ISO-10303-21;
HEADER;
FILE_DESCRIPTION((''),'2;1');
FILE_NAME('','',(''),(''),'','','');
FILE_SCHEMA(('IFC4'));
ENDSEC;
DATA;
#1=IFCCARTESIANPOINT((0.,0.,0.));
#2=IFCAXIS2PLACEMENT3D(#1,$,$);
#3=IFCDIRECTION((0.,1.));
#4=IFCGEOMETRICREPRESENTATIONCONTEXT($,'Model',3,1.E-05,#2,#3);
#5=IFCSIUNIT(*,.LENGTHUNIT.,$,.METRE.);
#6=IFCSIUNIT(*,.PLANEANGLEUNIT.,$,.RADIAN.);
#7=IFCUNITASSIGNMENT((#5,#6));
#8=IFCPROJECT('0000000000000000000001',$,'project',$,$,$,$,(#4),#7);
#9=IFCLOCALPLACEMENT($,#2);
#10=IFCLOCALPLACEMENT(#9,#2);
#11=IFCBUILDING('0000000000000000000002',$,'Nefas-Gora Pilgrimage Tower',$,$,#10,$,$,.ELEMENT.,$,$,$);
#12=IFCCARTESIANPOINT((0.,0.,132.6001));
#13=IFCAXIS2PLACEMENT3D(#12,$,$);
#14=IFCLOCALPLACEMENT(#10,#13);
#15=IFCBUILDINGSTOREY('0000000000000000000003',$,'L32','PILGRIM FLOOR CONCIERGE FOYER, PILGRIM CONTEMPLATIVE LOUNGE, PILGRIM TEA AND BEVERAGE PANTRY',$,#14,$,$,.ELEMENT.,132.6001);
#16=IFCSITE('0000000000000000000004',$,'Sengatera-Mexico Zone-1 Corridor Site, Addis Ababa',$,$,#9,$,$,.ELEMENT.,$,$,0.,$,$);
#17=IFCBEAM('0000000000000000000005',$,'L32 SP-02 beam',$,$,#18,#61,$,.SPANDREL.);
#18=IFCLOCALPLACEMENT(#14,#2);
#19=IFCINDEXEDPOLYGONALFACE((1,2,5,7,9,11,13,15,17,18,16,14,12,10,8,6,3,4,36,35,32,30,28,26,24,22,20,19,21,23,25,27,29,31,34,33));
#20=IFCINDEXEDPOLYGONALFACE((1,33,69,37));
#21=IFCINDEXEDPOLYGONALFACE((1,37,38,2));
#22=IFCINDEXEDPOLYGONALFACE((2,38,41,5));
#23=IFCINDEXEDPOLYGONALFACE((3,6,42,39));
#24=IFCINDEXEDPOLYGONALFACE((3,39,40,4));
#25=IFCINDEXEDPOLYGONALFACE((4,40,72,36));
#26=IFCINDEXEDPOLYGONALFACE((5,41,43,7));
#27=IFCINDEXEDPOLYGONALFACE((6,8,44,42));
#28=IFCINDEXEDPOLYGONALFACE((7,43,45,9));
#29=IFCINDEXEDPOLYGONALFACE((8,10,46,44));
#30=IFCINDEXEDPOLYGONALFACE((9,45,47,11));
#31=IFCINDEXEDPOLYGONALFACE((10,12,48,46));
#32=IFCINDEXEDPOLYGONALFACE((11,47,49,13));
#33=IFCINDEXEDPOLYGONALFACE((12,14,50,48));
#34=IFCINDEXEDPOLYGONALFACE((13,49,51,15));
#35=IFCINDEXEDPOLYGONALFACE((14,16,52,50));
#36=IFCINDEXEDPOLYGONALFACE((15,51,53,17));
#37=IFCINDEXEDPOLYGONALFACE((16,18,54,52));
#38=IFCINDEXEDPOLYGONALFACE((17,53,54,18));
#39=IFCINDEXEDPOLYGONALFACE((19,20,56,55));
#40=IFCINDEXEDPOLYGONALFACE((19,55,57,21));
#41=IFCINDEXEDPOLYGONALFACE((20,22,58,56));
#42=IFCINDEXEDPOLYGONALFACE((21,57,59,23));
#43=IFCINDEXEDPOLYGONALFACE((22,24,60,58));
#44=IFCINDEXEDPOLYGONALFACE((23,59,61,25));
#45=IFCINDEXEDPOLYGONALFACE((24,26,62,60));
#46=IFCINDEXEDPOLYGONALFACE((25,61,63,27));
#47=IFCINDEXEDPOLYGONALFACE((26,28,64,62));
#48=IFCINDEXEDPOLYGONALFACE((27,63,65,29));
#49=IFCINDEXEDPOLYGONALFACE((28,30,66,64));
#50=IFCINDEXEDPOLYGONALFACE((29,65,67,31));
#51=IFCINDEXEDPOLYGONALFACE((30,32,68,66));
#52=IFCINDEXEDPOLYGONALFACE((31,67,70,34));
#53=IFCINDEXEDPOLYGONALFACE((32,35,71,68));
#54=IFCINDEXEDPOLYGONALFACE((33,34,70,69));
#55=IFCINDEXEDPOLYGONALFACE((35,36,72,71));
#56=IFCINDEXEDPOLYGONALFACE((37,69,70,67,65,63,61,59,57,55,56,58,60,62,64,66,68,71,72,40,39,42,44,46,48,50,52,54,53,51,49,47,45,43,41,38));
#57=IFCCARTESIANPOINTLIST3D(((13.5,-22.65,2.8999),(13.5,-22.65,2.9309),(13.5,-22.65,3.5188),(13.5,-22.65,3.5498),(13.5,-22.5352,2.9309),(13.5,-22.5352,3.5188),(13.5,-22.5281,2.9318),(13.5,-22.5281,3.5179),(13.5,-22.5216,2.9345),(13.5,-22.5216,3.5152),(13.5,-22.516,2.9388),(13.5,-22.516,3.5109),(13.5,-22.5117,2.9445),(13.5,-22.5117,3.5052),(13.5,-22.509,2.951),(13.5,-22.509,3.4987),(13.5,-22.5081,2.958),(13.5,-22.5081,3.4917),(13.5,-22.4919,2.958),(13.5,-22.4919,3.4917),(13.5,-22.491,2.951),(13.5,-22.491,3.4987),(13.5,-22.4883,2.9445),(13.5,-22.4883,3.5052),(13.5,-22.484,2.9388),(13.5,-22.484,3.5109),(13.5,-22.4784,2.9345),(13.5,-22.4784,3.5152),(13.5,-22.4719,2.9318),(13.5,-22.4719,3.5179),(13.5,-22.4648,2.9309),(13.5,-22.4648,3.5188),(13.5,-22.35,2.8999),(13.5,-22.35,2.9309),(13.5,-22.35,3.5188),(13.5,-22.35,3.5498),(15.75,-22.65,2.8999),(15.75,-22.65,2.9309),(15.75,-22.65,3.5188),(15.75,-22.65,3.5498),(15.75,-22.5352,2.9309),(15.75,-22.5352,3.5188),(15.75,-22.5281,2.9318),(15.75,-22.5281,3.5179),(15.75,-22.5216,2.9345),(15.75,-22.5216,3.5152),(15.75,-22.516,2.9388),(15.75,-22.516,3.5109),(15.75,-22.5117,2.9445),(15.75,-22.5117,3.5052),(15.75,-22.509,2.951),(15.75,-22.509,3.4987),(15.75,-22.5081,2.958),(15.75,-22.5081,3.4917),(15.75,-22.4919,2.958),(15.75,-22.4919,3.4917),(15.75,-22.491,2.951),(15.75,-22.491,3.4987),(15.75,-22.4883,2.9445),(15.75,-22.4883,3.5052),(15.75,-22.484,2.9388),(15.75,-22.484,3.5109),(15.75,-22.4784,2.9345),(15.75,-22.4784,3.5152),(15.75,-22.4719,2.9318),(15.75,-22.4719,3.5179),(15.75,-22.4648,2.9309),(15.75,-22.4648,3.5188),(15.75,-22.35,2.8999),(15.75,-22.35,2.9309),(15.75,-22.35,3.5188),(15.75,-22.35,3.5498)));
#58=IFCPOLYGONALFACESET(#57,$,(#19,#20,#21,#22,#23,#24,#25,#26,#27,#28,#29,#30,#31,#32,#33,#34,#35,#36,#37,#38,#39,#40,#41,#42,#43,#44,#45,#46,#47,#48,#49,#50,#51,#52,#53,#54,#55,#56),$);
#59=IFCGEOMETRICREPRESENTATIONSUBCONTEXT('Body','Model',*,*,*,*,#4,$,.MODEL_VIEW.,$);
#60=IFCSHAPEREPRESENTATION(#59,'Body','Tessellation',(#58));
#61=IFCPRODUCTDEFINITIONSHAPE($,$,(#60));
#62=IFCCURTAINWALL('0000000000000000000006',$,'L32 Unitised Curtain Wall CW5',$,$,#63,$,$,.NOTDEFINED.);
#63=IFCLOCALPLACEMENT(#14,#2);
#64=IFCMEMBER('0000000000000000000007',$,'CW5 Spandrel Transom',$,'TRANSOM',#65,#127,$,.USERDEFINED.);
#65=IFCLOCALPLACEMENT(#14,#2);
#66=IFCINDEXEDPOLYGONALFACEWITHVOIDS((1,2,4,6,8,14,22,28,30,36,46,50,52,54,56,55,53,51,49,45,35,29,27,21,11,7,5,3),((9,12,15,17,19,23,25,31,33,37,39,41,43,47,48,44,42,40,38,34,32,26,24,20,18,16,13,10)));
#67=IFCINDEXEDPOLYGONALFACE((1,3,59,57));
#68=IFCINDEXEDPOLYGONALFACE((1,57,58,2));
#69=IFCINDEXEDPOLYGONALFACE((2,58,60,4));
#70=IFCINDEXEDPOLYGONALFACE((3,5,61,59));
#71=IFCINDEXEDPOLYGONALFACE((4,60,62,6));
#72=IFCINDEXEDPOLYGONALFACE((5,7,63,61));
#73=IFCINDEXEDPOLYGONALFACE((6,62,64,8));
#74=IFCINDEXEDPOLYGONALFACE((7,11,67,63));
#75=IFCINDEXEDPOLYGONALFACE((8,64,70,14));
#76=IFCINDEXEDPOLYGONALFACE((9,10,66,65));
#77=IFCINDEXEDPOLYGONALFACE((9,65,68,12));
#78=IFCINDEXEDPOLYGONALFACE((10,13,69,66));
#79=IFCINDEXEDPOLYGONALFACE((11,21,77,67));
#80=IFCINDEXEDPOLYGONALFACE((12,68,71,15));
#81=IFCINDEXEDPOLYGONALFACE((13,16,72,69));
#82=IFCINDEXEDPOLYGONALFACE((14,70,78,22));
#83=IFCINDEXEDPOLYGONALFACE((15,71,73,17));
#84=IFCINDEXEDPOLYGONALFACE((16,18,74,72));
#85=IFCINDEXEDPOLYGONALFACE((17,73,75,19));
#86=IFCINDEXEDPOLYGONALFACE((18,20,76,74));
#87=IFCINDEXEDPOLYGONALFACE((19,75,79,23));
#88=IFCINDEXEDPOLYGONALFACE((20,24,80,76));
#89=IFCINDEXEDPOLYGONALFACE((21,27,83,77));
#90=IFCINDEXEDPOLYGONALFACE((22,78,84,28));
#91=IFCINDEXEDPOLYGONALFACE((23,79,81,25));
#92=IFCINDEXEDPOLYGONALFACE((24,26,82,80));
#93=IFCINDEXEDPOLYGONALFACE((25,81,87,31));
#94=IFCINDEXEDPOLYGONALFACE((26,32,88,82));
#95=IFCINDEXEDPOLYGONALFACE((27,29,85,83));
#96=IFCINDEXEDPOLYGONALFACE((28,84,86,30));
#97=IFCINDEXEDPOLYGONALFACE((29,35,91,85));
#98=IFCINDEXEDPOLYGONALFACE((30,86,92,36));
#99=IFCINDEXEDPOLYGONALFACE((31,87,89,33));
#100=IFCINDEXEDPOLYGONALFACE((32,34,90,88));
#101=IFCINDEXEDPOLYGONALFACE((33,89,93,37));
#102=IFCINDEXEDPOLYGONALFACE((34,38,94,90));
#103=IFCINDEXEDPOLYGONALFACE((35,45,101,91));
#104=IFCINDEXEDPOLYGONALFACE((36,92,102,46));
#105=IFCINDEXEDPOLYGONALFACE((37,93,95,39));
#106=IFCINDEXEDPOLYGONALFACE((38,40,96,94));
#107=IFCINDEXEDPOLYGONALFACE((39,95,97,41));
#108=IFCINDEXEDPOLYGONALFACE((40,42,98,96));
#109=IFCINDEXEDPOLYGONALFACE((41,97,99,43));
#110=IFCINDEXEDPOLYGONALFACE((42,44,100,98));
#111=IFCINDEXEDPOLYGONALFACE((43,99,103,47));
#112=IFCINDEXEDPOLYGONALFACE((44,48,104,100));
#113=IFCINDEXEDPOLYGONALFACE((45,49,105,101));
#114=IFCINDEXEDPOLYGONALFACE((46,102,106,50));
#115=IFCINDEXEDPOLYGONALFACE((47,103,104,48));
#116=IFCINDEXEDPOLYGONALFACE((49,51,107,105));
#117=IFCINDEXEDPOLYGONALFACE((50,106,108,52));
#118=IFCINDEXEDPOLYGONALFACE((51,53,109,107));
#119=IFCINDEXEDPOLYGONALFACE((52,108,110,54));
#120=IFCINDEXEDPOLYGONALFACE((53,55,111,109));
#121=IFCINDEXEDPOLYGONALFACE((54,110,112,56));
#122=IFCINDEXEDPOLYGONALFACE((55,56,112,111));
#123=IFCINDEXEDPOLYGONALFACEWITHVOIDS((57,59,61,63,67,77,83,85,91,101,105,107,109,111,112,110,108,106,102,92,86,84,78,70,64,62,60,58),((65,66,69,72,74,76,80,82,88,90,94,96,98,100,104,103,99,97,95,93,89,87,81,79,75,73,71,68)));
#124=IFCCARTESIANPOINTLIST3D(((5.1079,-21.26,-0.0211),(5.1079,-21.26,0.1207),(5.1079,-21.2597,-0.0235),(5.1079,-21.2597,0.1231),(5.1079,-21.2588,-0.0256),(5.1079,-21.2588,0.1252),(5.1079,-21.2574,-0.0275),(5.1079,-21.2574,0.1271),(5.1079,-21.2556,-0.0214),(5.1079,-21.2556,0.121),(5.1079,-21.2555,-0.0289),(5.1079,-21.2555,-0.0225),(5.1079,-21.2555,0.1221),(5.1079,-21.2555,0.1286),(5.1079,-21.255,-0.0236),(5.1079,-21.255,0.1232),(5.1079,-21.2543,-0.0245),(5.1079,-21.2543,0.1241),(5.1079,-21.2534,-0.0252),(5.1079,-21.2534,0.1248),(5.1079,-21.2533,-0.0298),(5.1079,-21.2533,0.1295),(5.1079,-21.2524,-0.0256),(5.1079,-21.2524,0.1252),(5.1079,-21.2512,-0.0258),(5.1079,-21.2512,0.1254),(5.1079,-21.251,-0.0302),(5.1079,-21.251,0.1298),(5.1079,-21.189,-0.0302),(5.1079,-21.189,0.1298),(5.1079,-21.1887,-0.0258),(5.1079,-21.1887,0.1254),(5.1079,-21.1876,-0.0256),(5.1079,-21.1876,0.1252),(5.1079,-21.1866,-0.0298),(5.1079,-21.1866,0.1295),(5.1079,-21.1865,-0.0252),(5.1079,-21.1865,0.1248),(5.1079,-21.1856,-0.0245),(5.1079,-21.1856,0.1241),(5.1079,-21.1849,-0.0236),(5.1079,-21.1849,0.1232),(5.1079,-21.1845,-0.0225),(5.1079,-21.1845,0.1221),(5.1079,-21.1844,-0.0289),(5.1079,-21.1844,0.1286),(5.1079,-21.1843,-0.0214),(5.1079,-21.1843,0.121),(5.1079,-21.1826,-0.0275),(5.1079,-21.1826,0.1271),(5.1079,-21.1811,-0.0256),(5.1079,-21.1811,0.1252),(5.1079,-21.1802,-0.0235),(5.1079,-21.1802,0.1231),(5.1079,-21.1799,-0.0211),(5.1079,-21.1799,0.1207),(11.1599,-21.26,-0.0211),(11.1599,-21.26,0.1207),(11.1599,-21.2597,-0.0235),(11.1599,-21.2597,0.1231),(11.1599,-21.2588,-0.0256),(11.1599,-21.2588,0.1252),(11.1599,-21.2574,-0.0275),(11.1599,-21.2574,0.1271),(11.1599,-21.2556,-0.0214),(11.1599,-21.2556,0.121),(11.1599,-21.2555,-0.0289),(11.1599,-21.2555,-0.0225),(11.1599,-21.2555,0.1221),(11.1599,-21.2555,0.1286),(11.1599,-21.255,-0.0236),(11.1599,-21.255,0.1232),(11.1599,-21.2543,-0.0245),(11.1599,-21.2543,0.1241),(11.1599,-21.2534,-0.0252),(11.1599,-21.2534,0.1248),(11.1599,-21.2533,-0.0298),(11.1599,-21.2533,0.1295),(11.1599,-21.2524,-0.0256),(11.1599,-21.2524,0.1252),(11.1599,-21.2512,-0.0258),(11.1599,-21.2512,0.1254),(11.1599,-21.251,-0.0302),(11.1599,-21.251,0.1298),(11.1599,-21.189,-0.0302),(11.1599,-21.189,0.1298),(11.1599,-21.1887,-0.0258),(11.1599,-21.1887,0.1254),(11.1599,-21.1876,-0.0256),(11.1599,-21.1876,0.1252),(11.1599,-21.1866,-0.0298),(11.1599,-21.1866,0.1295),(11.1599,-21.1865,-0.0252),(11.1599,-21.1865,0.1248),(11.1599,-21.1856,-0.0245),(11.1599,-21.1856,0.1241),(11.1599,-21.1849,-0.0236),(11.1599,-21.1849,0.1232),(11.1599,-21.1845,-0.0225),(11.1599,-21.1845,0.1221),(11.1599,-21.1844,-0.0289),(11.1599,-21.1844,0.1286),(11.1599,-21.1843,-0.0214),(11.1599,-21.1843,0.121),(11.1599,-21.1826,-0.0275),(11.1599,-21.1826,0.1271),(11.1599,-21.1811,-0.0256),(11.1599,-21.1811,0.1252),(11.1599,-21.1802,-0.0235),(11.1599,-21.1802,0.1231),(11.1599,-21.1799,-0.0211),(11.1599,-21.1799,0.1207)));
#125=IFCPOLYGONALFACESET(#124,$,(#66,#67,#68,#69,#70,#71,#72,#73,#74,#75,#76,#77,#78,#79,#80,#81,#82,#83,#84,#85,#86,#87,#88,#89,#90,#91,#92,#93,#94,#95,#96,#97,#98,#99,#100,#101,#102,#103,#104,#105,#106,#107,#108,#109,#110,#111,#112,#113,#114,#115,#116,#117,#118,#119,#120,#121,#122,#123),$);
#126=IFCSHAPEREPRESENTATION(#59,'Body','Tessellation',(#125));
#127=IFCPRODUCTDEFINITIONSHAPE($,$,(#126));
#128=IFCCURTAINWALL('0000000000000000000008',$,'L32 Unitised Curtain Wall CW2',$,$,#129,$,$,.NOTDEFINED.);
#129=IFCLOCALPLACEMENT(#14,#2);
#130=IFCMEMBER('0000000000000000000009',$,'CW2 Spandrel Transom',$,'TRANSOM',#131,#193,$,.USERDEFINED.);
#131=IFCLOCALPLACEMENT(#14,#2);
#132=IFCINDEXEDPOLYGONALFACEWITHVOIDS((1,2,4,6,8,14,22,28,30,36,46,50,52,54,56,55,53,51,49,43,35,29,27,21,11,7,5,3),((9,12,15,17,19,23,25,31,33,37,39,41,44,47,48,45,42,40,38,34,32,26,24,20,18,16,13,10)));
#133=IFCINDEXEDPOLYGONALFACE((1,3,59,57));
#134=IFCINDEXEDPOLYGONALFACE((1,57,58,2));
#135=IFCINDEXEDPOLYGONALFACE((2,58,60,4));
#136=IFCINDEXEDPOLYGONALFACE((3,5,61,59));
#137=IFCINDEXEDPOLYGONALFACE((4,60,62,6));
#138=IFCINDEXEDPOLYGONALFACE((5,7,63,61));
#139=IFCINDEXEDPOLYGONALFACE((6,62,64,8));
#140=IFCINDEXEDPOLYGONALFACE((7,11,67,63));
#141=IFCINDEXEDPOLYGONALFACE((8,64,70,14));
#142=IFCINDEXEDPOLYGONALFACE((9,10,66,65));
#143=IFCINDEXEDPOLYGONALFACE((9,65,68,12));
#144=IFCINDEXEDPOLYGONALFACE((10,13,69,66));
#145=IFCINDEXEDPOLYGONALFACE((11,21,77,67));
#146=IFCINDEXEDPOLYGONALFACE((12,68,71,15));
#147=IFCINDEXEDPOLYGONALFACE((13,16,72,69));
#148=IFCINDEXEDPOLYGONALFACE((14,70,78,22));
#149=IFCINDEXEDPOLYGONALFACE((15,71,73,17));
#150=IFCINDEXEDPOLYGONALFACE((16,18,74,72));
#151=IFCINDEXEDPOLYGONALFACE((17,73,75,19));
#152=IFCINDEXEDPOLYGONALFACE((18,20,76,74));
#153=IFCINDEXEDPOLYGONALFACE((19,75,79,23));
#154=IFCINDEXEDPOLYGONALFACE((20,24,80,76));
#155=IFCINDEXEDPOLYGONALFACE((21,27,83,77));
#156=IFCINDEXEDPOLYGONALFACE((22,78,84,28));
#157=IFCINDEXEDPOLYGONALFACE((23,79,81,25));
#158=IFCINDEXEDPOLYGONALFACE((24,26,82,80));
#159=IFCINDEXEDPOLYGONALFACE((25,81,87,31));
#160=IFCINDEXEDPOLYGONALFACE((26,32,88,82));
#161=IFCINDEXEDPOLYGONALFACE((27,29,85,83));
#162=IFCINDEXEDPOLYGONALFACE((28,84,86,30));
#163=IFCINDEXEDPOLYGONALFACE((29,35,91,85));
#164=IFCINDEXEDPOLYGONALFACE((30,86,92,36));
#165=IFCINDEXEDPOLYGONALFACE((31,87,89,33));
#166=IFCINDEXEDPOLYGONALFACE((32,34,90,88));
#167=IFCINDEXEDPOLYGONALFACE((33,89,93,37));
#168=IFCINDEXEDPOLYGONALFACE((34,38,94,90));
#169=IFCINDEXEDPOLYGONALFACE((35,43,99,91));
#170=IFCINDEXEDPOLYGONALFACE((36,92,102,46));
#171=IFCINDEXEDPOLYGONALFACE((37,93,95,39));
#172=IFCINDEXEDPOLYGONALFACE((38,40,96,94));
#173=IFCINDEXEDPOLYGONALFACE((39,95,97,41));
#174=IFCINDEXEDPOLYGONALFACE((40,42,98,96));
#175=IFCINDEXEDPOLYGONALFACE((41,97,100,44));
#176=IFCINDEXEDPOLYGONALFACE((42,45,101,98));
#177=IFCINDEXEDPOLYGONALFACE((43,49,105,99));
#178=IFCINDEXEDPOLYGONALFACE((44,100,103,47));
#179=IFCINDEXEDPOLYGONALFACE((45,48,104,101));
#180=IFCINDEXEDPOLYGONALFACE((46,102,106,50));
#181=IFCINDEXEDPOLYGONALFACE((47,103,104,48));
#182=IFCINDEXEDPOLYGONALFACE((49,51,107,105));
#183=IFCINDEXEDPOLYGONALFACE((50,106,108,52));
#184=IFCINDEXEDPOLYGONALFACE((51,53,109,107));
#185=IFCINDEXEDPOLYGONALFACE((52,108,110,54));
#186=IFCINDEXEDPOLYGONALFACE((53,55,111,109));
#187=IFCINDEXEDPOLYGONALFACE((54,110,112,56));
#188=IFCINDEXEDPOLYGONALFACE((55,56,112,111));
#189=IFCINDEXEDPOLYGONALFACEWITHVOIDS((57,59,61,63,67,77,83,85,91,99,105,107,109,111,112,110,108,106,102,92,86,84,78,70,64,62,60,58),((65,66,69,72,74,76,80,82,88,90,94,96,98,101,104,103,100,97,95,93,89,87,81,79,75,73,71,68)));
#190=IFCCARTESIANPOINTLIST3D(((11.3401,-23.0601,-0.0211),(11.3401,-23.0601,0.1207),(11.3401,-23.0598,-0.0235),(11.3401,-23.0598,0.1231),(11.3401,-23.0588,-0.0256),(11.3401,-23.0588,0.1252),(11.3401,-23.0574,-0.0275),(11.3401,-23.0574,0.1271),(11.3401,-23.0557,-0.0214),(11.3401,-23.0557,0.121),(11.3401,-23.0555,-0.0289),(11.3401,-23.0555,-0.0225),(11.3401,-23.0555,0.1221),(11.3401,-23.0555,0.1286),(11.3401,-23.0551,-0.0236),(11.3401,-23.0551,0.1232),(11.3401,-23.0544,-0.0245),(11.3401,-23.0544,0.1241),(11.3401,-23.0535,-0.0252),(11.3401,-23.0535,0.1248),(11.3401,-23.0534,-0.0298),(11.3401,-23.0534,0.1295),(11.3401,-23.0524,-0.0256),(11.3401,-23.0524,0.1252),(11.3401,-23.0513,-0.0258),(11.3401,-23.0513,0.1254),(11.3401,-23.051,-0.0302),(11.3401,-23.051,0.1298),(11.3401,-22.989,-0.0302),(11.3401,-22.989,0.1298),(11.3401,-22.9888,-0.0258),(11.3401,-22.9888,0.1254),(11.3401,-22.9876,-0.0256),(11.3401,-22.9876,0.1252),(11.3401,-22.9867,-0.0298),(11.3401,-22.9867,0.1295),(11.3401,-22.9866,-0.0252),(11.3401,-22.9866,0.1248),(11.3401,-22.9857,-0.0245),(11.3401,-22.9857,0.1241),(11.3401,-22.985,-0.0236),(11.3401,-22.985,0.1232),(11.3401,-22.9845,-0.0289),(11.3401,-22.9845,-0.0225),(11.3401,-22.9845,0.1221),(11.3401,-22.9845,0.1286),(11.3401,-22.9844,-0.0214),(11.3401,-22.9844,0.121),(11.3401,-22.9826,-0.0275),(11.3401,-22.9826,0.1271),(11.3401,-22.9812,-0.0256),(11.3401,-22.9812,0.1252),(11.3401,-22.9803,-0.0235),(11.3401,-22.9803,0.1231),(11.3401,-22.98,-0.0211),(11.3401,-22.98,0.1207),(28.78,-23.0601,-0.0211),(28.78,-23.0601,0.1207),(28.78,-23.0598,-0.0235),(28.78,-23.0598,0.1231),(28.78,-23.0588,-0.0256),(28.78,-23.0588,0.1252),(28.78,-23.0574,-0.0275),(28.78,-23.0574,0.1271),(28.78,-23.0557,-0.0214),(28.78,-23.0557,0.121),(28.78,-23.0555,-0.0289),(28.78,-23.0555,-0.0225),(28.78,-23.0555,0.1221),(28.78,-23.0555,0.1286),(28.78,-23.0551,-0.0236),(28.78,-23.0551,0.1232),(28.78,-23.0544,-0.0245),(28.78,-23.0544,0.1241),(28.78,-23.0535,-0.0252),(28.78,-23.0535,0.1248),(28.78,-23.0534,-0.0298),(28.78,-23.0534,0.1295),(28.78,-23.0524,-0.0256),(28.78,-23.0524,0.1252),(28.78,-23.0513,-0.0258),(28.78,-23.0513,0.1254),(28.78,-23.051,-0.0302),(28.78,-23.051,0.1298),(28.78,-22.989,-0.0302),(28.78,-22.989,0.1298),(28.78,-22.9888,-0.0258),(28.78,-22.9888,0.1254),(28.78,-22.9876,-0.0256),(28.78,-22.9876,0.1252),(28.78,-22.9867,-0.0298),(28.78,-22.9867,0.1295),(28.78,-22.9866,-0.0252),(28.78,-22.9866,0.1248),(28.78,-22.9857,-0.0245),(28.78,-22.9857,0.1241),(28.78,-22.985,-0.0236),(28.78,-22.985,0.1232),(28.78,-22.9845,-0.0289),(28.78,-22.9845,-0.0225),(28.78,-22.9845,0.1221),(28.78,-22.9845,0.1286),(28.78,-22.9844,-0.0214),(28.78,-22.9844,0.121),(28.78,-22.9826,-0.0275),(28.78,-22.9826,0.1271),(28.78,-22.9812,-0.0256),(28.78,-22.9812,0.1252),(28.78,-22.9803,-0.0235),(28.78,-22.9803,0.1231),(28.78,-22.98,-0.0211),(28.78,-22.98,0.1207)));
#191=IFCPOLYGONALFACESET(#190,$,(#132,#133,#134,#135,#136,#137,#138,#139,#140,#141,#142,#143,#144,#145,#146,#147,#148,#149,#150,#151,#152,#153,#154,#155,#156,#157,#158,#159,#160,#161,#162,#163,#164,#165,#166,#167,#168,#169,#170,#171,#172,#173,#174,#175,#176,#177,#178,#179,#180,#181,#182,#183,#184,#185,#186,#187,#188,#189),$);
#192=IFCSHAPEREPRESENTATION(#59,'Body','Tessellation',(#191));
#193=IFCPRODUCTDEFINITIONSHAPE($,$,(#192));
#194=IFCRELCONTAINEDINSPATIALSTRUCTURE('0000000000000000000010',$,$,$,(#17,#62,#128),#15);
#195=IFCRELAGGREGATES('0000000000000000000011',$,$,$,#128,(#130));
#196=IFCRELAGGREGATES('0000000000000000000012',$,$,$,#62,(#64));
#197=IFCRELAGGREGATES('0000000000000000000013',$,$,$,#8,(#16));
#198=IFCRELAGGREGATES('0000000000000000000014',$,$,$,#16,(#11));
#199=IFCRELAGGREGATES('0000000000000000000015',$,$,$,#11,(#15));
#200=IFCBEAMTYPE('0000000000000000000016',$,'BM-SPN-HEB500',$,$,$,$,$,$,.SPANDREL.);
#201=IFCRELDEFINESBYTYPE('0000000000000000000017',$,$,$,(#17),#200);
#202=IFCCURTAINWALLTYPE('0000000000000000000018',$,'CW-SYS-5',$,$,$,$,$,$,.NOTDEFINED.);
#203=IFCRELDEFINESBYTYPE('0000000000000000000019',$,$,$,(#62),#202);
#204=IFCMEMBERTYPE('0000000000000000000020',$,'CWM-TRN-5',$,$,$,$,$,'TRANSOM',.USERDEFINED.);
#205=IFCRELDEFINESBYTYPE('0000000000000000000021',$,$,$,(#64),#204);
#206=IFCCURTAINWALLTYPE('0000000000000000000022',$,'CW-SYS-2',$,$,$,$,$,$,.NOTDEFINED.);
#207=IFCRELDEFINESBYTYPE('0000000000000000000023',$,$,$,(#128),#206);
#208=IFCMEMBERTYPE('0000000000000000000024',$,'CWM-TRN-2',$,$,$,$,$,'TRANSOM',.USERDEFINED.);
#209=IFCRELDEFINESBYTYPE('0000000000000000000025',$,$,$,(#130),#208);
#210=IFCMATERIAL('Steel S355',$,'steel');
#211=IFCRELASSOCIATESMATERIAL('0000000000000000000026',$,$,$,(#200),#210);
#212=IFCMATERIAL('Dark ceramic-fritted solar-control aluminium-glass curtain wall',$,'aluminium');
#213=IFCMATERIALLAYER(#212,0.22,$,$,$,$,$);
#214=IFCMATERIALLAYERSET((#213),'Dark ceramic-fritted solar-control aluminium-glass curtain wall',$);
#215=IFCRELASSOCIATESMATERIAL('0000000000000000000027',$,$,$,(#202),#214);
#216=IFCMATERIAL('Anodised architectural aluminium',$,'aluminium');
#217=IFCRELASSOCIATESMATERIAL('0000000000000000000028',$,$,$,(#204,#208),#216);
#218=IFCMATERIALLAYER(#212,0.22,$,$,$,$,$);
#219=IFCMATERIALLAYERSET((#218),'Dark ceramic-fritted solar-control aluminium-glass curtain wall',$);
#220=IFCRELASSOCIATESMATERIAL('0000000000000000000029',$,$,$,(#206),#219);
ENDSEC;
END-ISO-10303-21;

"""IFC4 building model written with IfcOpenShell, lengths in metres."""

from ifc_helpers import new_model, si_unit, direction, frame, origin, origin_2d, place, context, subcontext, project, spatial, hollow_rectangle, i_section, extrude, source, transform, mapped, material, layer, layer_set, material_profile, profile_set, type_object, element, aggregate, save


model = new_model("IFC4")

# Units and contexts
model_context = context("Model", 3, precision=1e-05, world=origin(), true_north=direction((0.0, 1.0)))
body_context = subcontext(model_context, "Body", "Model", "MODEL_VIEW")
ifc_project = project(units=[si_unit("LENGTHUNIT", "METRE"), si_unit("PLANEANGLEUNIT", "RADIAN")], contexts=[model_context])

# Site, building, storey
site_placement = place(None, origin())
site = spatial("IfcSite", under=ifc_project, at=site_placement, Name="Sengatera-Mexico Zone-1 Corridor Site, Addis Ababa", CompositionType="ELEMENT", RefElevation=0.0)
building_placement = place(site_placement, origin())
building = spatial("IfcBuilding", under=site, at=building_placement, Name="Nefas-Gora Pilgrimage Tower", CompositionType="ELEMENT")
storey_placement = place(building_placement, frame((0.0, 0.0, 132.6001)))
storey = spatial("IfcBuildingStorey", under=building, at=storey_placement, Name="L32", Description="PILGRIM FLOOR CONCIERGE FOYER, PILGRIM CONTEMPLATIVE LOUNGE, PILGRIM TEA AND BEVERAGE PANTRY", CompositionType="ELEMENT", Elevation=132.6001)

# Beam
ifc_material_1 = material(Name="Steel S355", Category="steel")
ifc_material_profile_1 = material_profile(ifc_material_1, i_section(OverallWidth=0.3, OverallDepth=0.6499, WebThickness=0.0161, FlangeThickness=0.031, FilletRadius=0.0271, at=origin_2d()), Name="HEB 650")
ifc_profile_set_1 = profile_set([ifc_material_profile_1], Name="Steel S355")
beam_type_1 = type_object("IfcBeamType", Name="BM-SPN-HEB500", PredefinedType="SPANDREL", material=ifc_profile_set_1)
shared_shape_1 = source(origin(), body_context, "Body", "SweptSolid", [
    extrude(i_section(OverallWidth=0.3, OverallDepth=0.6499, WebThickness=0.0161, FlangeThickness=0.031, FilletRadius=0.0271, at=origin_2d()), origin(), (0.0, 0.0, 1.0), 2.25),
])
beam_1_placement = place(storey_placement, frame((13.5, -22.5, 3.2249), z_axis=(1.0, 0.0, 0.0), x_axis=(0.0, 1.0, 0.0)))
element("IfcBeam", 1, at=beam_1_placement, inside=storey, type_object=beam_type_1, Name="L32 SP-02 beam", PredefinedType="SPANDREL", context=body_context, shape_type="MappedRepresentation", body=[
    mapped(shared_shape_1, transform((0.0, 0.0, 0.0), x_axis=(1.0, 0.0, 0.0), y_axis=(0.0, 1.0, 0.0), z_axis=(0.0, 0.0, 1.0), scale=1.0)),
])

# Curtain walls, members
ifc_material_2 = material(Name="Dark ceramic-fritted solar-control aluminium-glass curtain wall", Category="aluminium")
ifc_layer_1 = layer(ifc_material_2, 0.22)
ifc_layer_set_1 = layer_set([ifc_layer_1], Name="Dark ceramic-fritted solar-control aluminium-glass curtain wall")
curtain_wall_type_1 = type_object("IfcCurtainWallType", Name="CW-SYS-5", PredefinedType="NOTDEFINED", material=ifc_layer_set_1)
curtain_wall_1_placement = place(storey_placement, origin())
curtain_wall_1 = element("IfcCurtainWall", 2, at=curtain_wall_1_placement, inside=storey, type_object=curtain_wall_type_1, Name="L32 Unitised Curtain Wall CW5", PredefinedType="NOTDEFINED")
ifc_material_3 = material(Name="Anodised architectural aluminium", Category="aluminium")
ifc_material_profile_2 = material_profile(ifc_material_3, hollow_rectangle(XDim=0.0801, YDim=0.1599, WallThickness=0.0044, InnerFilletRadius=0.0044, OuterFilletRadius=0.009, at=origin_2d()), Name="ALU TRANSOM 80x160")
ifc_profile_set_2 = profile_set([ifc_material_profile_2], Name="Anodised architectural aluminium")
member_type_1 = type_object("IfcMemberType", Name="CWM-TRN-5", ElementType="TRANSOM", PredefinedType="USERDEFINED", material=ifc_profile_set_2)
shared_shape_2 = source(origin(), body_context, "Body", "SweptSolid", [
    extrude(hollow_rectangle(XDim=0.0801, YDim=0.1599, WallThickness=0.0044, InnerFilletRadius=0.0044, OuterFilletRadius=0.009, at=origin_2d()), origin(), (0.0, 0.0, 1.0), 6.052),
])
member_1_placement = place(storey_placement, frame((5.1079, -21.22, 0.0498), z_axis=(1.0, 0.0, 0.0), x_axis=(0.0, 1.0, 0.0)))
member_1 = element("IfcMember", 3, at=member_1_placement, type_object=member_type_1, Name="CW5 Spandrel Transom", ObjectType="TRANSOM", PredefinedType="USERDEFINED", context=body_context, shape_type="MappedRepresentation", body=[
    mapped(shared_shape_2, transform((0.0, 0.0, 0.0), x_axis=(1.0, 0.0, 0.0), y_axis=(0.0, 1.0, 0.0), z_axis=(0.0, 0.0, 1.0), scale=1.0)),
])
ifc_layer_2 = layer(ifc_material_2, 0.22)
ifc_layer_set_2 = layer_set([ifc_layer_2], Name="Dark ceramic-fritted solar-control aluminium-glass curtain wall")
curtain_wall_type_2 = type_object("IfcCurtainWallType", Name="CW-SYS-2", PredefinedType="NOTDEFINED", material=ifc_layer_set_2)
curtain_wall_2_placement = place(storey_placement, origin())
curtain_wall_2 = element("IfcCurtainWall", 4, at=curtain_wall_2_placement, inside=storey, type_object=curtain_wall_type_2, Name="L32 Unitised Curtain Wall CW2", PredefinedType="NOTDEFINED")
ifc_material_profile_3 = material_profile(ifc_material_3, hollow_rectangle(XDim=0.0801, YDim=0.1599, WallThickness=0.0044, InnerFilletRadius=0.0044, OuterFilletRadius=0.009, at=origin_2d()), Name="ALU TRANSOM 80x160")
ifc_profile_set_3 = profile_set([ifc_material_profile_3], Name="Anodised architectural aluminium")
member_type_2 = type_object("IfcMemberType", Name="CWM-TRN-2", ElementType="TRANSOM", PredefinedType="USERDEFINED", material=ifc_profile_set_3)
shared_shape_3 = source(origin(), body_context, "Body", "SweptSolid", [
    extrude(hollow_rectangle(XDim=0.0801, YDim=0.1599, WallThickness=0.0044, InnerFilletRadius=0.0044, OuterFilletRadius=0.009, at=origin_2d()), origin(), (0.0, 0.0, 1.0), 17.4399),
])
member_2_placement = place(storey_placement, frame((11.3401, -23.02, 0.0498), z_axis=(1.0, 0.0, 0.0), x_axis=(0.0, 1.0, 0.0)))
member_2 = element("IfcMember", 5, at=member_2_placement, type_object=member_type_2, Name="CW2 Spandrel Transom", ObjectType="TRANSOM", PredefinedType="USERDEFINED", context=body_context, shape_type="MappedRepresentation", body=[
    mapped(shared_shape_3, transform((0.0, 0.0, 0.0), x_axis=(1.0, 0.0, 0.0), y_axis=(0.0, 1.0, 0.0), z_axis=(0.0, 0.0, 1.0), scale=1.0)),
])

aggregate(curtain_wall_2, [member_2])

aggregate(curtain_wall_1, [member_1])

save(model, "model.ifc")
